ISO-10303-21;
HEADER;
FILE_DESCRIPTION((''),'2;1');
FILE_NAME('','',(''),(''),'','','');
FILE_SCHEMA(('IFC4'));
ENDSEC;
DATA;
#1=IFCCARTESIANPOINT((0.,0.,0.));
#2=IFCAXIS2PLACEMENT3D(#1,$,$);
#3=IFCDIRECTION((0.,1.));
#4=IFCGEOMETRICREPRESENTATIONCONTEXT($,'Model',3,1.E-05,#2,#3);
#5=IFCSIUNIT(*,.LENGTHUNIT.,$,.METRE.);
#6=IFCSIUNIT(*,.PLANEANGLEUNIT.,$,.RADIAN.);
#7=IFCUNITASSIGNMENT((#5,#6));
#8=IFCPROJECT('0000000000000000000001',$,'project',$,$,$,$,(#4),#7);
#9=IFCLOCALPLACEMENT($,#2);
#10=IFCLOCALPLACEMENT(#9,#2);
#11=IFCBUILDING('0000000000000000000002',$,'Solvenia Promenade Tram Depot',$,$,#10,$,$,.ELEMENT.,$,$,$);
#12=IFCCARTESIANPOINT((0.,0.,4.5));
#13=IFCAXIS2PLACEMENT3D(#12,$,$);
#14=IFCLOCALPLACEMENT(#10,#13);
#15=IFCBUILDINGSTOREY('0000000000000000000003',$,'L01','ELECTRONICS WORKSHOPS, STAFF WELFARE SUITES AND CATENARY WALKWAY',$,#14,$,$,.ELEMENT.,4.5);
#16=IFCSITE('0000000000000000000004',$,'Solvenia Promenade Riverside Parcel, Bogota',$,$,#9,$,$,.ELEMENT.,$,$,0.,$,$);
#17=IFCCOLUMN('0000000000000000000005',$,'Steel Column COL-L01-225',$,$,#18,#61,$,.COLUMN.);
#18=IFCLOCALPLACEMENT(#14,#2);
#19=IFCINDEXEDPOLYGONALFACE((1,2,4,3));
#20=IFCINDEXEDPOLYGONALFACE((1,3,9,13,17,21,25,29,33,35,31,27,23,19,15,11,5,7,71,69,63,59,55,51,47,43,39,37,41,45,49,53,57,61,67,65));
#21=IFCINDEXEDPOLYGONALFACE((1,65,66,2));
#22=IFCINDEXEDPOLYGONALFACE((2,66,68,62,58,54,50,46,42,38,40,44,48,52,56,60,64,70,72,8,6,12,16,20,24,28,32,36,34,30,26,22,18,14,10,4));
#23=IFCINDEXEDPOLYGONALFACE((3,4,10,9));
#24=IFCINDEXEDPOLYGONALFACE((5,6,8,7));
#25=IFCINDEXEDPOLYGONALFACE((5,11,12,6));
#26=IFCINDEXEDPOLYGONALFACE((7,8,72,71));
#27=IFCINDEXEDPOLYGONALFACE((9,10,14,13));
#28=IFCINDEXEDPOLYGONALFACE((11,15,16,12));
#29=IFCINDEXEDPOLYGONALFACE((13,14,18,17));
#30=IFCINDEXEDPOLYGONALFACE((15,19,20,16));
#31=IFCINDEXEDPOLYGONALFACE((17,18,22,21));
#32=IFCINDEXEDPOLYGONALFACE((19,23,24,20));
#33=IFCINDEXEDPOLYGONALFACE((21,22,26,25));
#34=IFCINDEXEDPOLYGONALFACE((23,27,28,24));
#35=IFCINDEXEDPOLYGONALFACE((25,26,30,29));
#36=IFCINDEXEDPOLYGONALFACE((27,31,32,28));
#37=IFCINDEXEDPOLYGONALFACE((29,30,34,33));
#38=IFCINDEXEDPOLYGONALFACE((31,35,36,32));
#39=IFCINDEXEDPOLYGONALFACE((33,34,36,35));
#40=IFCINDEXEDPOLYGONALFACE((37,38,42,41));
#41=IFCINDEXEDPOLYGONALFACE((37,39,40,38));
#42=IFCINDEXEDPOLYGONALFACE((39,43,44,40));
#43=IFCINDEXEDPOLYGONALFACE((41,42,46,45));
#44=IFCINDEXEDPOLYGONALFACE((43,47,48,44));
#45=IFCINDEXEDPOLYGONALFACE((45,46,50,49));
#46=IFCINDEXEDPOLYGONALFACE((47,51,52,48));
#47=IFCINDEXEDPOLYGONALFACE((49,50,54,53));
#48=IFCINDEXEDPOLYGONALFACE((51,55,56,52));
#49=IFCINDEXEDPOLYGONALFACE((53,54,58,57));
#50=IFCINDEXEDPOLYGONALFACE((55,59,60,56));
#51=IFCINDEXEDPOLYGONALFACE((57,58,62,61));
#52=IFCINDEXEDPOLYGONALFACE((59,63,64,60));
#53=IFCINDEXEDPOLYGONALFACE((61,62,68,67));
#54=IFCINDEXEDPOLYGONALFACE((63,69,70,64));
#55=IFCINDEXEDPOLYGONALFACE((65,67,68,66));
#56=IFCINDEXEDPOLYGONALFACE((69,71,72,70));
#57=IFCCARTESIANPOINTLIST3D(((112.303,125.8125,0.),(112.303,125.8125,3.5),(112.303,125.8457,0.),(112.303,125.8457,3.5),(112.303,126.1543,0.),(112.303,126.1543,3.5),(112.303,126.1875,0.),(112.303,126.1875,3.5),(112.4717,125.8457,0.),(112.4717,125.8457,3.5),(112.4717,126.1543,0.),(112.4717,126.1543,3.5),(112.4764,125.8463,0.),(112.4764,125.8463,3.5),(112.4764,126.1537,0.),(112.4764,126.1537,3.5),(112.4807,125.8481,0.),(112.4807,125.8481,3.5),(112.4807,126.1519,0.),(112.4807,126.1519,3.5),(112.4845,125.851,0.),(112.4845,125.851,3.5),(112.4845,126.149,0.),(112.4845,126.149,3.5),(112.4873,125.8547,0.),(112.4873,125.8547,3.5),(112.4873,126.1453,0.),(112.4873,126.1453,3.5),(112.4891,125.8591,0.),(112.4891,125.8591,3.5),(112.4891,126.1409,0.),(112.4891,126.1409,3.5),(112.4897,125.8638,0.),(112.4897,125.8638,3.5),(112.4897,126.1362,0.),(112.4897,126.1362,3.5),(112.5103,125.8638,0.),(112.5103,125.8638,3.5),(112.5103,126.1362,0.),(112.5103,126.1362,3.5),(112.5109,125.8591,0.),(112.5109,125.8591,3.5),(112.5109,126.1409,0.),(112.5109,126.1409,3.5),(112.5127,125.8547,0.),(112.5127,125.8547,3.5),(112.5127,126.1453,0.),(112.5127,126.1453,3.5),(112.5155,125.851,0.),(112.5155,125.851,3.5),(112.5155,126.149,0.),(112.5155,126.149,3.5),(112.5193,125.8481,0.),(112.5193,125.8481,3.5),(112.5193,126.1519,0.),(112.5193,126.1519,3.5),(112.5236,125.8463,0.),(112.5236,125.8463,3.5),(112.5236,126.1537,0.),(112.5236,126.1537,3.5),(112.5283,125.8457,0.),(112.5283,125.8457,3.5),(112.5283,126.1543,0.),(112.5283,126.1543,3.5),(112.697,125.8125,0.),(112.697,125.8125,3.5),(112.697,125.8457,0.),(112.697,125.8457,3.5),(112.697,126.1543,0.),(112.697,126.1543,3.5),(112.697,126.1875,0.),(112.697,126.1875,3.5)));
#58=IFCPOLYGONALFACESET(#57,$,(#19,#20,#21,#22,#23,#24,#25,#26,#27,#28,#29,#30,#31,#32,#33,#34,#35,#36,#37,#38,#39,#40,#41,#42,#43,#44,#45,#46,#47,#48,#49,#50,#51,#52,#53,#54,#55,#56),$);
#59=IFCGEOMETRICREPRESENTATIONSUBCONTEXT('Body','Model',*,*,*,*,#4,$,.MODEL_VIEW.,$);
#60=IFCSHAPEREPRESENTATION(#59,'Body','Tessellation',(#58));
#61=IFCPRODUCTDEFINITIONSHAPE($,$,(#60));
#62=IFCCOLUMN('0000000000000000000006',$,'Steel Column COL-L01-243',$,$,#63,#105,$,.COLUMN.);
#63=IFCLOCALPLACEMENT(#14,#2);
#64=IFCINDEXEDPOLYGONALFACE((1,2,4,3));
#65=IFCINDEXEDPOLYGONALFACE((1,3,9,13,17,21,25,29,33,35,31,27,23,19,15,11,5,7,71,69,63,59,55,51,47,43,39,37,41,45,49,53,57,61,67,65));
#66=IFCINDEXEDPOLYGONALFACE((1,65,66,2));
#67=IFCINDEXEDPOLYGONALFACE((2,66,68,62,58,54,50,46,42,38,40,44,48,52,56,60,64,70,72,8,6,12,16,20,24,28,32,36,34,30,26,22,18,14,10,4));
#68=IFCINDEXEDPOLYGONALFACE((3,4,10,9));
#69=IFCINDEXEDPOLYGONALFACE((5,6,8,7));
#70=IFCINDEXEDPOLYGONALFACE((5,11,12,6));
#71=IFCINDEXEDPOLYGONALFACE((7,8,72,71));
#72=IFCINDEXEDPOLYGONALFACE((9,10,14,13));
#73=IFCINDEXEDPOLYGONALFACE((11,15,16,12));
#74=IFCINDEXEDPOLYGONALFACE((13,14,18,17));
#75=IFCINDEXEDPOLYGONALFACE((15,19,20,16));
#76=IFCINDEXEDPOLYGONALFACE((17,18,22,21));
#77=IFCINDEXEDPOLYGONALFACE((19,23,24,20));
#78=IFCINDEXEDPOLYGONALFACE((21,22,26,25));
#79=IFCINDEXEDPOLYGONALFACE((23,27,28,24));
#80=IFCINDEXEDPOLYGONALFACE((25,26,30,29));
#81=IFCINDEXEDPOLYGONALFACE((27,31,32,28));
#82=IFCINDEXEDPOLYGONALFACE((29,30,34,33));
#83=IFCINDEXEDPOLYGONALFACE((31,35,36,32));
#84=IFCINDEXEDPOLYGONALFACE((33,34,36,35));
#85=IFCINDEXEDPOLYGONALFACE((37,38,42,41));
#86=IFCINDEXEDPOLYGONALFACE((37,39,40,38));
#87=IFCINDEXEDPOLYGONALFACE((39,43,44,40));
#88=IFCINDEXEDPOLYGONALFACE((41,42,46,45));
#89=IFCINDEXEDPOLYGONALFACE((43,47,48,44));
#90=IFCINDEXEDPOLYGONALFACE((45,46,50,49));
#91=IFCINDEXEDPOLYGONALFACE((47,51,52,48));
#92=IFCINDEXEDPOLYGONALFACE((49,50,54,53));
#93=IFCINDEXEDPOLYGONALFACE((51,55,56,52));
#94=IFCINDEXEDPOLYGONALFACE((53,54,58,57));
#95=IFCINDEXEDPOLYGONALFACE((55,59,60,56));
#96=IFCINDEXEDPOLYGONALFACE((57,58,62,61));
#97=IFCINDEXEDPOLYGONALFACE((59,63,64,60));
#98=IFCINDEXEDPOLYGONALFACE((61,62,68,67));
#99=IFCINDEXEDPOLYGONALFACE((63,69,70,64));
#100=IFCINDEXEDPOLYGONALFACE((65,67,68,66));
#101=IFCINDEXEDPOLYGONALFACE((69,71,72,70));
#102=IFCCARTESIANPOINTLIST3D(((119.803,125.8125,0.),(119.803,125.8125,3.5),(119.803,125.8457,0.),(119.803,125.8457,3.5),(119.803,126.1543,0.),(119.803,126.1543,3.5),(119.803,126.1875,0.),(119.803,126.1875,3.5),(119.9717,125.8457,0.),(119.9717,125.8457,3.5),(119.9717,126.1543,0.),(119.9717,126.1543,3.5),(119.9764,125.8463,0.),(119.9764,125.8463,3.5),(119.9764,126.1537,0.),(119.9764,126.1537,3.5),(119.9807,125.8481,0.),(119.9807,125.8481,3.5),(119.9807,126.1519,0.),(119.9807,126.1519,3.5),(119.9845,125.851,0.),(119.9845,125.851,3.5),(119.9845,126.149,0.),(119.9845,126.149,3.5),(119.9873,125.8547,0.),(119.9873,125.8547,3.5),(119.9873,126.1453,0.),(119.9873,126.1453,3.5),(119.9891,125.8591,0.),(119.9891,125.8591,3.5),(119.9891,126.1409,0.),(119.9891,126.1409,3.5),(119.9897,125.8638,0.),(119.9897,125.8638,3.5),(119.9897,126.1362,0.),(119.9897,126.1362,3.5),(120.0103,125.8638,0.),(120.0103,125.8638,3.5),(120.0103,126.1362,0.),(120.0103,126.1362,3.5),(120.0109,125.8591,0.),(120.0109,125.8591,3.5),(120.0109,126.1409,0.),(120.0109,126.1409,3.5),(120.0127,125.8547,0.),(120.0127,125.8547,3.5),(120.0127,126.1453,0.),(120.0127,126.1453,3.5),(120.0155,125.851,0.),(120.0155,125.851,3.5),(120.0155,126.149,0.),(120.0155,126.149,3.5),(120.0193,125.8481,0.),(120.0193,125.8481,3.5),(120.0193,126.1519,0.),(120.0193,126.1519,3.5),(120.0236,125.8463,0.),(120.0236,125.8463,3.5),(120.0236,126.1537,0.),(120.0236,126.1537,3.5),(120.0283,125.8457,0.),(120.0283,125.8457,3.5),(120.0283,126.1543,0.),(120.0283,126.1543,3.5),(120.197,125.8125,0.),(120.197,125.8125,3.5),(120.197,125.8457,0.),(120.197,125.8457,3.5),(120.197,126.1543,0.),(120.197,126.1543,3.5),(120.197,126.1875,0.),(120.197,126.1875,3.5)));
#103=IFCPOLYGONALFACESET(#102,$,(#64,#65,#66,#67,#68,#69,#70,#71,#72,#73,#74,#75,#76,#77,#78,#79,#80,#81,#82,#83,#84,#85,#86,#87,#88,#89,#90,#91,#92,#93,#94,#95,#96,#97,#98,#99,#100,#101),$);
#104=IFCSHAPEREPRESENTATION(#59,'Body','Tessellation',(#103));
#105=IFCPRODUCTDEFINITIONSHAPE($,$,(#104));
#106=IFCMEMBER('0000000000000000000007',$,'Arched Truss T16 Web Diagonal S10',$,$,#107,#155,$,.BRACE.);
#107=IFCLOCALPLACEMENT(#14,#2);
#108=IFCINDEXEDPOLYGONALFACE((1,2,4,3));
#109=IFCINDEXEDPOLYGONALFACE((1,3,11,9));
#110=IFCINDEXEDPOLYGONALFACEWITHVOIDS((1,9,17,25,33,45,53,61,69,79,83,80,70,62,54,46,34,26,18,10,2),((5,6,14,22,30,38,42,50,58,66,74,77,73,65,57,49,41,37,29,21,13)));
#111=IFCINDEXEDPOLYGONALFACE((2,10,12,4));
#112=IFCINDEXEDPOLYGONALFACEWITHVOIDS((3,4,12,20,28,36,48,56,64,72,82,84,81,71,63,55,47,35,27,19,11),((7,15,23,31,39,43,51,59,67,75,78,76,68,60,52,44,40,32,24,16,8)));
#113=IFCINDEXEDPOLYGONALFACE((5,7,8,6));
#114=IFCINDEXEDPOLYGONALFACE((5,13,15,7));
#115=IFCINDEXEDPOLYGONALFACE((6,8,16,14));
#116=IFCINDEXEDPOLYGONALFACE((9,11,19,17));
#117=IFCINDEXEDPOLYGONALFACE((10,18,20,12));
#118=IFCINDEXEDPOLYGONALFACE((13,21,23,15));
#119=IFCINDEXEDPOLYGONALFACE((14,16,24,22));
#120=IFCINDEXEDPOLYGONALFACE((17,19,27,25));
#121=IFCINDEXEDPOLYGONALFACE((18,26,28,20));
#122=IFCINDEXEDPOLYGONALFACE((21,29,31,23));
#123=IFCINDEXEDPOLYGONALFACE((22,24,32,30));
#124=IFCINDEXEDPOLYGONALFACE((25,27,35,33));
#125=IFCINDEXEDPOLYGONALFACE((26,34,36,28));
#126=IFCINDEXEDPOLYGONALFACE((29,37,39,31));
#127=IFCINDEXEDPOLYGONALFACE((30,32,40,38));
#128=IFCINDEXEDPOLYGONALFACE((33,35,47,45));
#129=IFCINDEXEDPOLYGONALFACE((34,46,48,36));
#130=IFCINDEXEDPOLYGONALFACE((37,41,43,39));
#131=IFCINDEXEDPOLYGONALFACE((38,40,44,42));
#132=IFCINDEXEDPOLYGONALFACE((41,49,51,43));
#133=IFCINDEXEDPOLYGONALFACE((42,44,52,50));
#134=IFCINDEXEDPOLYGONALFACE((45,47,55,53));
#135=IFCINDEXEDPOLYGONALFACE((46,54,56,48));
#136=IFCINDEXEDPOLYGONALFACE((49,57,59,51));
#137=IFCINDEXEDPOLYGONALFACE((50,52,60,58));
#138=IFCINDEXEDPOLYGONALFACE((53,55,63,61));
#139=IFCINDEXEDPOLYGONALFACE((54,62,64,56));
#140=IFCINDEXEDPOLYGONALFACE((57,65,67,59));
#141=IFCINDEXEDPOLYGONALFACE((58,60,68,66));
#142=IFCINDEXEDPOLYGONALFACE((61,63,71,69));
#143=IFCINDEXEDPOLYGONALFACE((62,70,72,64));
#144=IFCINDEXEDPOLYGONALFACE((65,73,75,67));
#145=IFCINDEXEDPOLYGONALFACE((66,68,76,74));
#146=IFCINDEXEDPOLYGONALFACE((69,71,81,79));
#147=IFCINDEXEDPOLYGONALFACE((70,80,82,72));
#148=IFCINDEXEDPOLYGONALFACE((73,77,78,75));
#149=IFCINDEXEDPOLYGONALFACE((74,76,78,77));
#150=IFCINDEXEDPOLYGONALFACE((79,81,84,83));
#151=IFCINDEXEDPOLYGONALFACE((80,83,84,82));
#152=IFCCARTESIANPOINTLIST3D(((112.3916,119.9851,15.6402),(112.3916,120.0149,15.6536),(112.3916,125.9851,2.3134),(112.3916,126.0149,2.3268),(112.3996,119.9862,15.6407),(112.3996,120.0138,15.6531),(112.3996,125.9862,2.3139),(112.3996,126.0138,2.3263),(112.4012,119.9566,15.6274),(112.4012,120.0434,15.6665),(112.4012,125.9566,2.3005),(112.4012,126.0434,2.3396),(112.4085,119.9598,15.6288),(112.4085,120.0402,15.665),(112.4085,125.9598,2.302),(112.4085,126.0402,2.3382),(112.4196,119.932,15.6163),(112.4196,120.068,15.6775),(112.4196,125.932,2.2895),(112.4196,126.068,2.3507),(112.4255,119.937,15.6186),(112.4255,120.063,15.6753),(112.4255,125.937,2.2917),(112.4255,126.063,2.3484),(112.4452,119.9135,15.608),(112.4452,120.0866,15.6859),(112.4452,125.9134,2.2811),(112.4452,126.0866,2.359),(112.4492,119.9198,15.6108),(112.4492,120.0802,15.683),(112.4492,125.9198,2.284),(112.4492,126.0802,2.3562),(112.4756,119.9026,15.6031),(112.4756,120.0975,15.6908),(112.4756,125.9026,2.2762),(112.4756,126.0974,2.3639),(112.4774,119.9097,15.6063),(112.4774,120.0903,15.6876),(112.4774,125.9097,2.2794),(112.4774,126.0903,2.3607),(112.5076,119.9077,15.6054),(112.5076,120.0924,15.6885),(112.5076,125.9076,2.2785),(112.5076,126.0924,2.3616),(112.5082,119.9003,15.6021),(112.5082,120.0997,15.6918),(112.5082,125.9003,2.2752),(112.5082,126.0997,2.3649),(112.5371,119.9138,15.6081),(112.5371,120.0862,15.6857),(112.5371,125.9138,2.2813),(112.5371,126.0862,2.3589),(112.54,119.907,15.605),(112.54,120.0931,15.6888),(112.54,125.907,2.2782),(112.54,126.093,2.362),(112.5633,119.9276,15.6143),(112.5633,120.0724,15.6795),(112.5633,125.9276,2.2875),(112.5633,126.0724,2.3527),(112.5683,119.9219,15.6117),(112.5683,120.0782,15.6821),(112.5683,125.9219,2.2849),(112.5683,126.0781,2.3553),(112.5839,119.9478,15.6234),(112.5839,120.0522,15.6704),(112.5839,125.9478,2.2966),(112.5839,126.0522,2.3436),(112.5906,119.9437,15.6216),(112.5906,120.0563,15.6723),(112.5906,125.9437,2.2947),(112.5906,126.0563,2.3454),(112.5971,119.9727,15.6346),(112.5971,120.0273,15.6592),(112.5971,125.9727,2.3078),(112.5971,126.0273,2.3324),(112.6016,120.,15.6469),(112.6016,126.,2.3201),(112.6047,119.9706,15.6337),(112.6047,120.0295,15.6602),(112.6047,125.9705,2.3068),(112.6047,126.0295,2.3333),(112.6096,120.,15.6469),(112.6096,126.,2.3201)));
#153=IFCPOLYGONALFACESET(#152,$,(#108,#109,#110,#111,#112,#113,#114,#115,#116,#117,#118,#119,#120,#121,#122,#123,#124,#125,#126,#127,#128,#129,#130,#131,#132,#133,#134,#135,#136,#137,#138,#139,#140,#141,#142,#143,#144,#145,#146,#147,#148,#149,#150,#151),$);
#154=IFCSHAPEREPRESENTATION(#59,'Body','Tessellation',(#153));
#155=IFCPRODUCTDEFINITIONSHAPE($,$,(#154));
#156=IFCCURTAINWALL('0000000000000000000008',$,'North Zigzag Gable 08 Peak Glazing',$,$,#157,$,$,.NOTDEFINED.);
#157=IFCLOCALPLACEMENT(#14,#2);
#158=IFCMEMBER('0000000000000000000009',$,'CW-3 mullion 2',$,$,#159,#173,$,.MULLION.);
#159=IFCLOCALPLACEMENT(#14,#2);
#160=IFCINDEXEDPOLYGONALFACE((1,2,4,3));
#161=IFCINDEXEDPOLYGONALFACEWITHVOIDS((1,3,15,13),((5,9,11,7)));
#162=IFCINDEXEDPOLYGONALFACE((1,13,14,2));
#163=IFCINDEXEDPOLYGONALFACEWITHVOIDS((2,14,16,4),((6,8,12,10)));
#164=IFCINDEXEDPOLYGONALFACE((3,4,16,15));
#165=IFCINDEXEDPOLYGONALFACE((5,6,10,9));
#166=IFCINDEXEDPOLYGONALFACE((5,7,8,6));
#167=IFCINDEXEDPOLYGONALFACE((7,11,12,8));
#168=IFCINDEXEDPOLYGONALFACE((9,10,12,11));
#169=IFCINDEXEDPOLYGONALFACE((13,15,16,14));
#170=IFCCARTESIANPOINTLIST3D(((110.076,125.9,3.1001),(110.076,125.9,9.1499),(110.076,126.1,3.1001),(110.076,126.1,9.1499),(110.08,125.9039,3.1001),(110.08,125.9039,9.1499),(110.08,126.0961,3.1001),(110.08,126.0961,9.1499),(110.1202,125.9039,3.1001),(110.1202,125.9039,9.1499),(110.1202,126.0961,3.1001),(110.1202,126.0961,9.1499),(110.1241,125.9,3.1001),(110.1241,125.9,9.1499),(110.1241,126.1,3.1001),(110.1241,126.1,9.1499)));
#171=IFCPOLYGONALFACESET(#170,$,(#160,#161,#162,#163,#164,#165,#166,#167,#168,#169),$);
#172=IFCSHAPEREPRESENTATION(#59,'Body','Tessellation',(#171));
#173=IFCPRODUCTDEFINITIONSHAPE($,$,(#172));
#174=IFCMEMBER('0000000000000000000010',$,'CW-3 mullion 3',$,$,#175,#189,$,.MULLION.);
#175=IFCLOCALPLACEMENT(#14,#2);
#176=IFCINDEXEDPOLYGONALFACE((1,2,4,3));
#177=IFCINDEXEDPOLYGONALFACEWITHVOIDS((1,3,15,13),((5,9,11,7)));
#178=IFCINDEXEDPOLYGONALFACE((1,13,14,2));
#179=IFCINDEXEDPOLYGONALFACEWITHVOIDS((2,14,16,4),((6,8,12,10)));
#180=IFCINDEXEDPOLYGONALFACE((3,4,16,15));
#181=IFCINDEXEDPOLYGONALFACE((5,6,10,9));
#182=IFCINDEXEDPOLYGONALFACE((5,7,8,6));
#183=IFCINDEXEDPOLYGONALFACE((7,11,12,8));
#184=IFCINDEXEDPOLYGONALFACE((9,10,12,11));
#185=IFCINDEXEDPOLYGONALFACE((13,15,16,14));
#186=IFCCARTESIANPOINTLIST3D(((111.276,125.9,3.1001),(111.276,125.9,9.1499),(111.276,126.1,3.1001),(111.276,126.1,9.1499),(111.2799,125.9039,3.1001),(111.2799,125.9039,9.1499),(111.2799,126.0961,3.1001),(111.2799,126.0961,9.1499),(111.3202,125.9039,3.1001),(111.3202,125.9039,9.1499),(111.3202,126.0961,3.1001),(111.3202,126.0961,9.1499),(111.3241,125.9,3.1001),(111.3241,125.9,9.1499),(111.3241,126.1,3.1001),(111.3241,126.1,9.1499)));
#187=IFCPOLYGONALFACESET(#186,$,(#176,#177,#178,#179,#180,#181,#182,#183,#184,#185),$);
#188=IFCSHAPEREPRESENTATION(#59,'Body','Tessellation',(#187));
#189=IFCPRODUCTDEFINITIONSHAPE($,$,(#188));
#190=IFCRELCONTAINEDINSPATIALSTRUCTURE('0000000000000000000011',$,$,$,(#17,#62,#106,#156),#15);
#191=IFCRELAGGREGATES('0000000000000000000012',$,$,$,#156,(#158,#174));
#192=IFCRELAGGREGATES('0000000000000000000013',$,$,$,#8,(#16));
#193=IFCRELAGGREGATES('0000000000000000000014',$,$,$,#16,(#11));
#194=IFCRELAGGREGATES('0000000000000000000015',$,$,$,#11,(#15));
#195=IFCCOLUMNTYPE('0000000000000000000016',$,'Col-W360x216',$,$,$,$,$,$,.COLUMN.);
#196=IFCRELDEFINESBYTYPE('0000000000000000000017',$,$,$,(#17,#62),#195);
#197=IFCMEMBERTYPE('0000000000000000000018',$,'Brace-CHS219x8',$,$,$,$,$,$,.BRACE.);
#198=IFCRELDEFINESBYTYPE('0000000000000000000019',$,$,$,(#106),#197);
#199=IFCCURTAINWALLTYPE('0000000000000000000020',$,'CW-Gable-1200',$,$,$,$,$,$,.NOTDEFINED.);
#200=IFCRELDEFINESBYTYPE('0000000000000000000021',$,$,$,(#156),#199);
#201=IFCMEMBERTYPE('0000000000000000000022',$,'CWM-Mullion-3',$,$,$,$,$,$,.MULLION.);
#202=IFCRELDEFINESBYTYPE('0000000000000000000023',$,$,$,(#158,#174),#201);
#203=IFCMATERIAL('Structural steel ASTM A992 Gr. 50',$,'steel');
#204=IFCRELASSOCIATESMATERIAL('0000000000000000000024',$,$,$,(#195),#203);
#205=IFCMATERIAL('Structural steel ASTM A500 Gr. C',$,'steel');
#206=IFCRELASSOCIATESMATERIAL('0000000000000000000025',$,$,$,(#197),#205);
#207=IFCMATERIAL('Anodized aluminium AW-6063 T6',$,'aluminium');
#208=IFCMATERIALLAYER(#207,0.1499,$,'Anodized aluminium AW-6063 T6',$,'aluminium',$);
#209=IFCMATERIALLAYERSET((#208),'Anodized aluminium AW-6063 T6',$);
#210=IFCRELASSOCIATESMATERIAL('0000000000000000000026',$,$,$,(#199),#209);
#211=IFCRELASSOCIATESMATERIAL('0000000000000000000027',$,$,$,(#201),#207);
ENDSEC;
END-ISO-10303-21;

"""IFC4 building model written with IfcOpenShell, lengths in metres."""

from ifc_helpers import new_model, si_unit, direction, frame, origin, origin_2d, place, context, subcontext, project, spatial, hollow_rectangle, hollow_circle, i_section, extrude, material, layer, layer_set, material_profile, profile_set, type_object, element, aggregate, save


model = new_model("IFC4")

# Units and contexts
model_context = context("Model", 3, precision=1e-05, world=origin(), true_north=direction((0.0, 1.0)))
body_context = subcontext(model_context, "Body", "Model", "MODEL_VIEW")
ifc_project = project(units=[si_unit("LENGTHUNIT", "METRE"), si_unit("PLANEANGLEUNIT", "RADIAN")], contexts=[model_context])

# Site, building, storey
site_placement = place(None, origin())
site = spatial("IfcSite", under=ifc_project, at=site_placement, Name="Solvenia Promenade Riverside Parcel, Bogota", CompositionType="ELEMENT", RefElevation=0.0)
building_placement = place(site_placement, origin())
building = spatial("IfcBuilding", under=site, at=building_placement, Name="Solvenia Promenade Tram Depot", CompositionType="ELEMENT")
storey_placement = place(building_placement, frame((0.0, 0.0, 4.5)))
storey = spatial("IfcBuildingStorey", under=building, at=storey_placement, Name="L01", Description="ELECTRONICS WORKSHOPS, STAFF WELFARE SUITES AND CATENARY WALKWAY", CompositionType="ELEMENT", Elevation=4.5)

# Columns
ifc_material_1 = material(Name="Structural steel ASTM A992 Gr. 50", Category="steel")
ifc_material_profile_1 = material_profile(ifc_material_1, i_section(OverallWidth=0.394, OverallDepth=0.375, WebThickness=0.0205, FlangeThickness=0.0332, FilletRadius=0.0181, at=origin_2d()), Name="W360x216", Category="steel")
ifc_profile_set_1 = profile_set([ifc_material_profile_1], Name="Structural steel ASTM A992 Gr. 50")
column_type = type_object("IfcColumnType", Name="Col-W360x216", PredefinedType="COLUMN", material=ifc_profile_set_1)
for number, where, z_axis, x_axis, name in (
    (1, (112.5, 126.0, 0.0), (0.0, 0.0, 1.0), (1.0, 0.0, 0.0), "Steel Column COL-L01-225"),
    (2, (120.0, 126.0, 0.0), (0.0, 0.0, 1.0), (1.0, 0.0, 0.0), "Steel Column COL-L01-243"),
):
    element("IfcColumn", number, at=place(storey_placement, frame(where, z_axis=z_axis, x_axis=x_axis)), inside=storey, type_object=column_type, Name=name, PredefinedType="COLUMN", context=body_context, shape_type="SweptSolid", body=[
        extrude(i_section(OverallWidth=0.394, OverallDepth=0.375, WebThickness=0.0205, FlangeThickness=0.0332, FilletRadius=0.0181, at=origin_2d()), origin(), (0.0, 0.0, 1.0), 3.5),
    ])

# Member
ifc_material_2 = material(Name="Structural steel ASTM A500 Gr. C", Category="steel")
ifc_material_profile_2 = material_profile(ifc_material_2, hollow_circle(Radius=0.1096, WallThickness=0.0081, at=origin_2d()), Name="CHS219.1x8", Category="steel")
ifc_profile_set_2 = profile_set([ifc_material_profile_2], Name="Structural steel ASTM A500 Gr. C")
member_type_1 = type_object("IfcMemberType", Name="Brace-CHS219x8", PredefinedType="BRACE", material=ifc_profile_set_2)
member_1_placement = place(storey_placement, frame((112.5, 126.0, 2.3201), z_axis=(0.0, -0.410529, 0.911847), x_axis=(1.0, 0.0, 0.0)))
element("IfcMember", 3, at=member_1_placement, inside=storey, type_object=member_type_1, Name="Arched Truss T16 Web Diagonal S10", PredefinedType="BRACE", context=body_context, shape_type="SweptSolid", body=[
    extrude(hollow_circle(Radius=0.1096, WallThickness=0.0081, at=origin_2d()), origin(), (0.0, 0.0, 1.0), 14.6152),
])

# Curtain wall, members
ifc_material_3 = material(Name="Anodized aluminium AW-6063 T6", Category="aluminium")
ifc_layer_1 = layer(ifc_material_3, 0.1499, Name="Anodized aluminium AW-6063 T6", Category="aluminium")
ifc_layer_set_1 = layer_set([ifc_layer_1], Name="Anodized aluminium AW-6063 T6")
curtain_wall_type = type_object("IfcCurtainWallType", Name="CW-Gable-1200", PredefinedType="NOTDEFINED", material=ifc_layer_set_1)
curtain_wall_placement = place(storey_placement, origin())
curtain_wall = element("IfcCurtainWall", 4, at=curtain_wall_placement, inside=storey, type_object=curtain_wall_type, Name="North Zigzag Gable 08 Peak Glazing", PredefinedType="NOTDEFINED")
ifc_material_profile_3 = material_profile(ifc_material_3, hollow_rectangle(XDim=0.2, YDim=0.0481, WallThickness=0.0039, at=origin_2d()), Name="ALU-M3", Category="aluminium")
ifc_profile_set_3 = profile_set([ifc_material_profile_3], Name="Anodized aluminium AW-6063 T6")
member_type_2 = type_object("IfcMemberType", Name="CWM-Mullion-3", PredefinedType="MULLION", material=ifc_profile_set_3)
member_2_placement = place(storey_placement, frame((110.1001, 126.0, 3.1001), z_axis=(0.0, 0.0, 1.0), x_axis=(0.0, 1.0, 0.0)))
member_2 = element("IfcMember", 5, at=member_2_placement, type_object=member_type_2, Name="CW-3 mullion 2", PredefinedType="MULLION", context=body_context, shape_type="SweptSolid", body=[
    extrude(hollow_rectangle(XDim=0.2, YDim=0.0481, WallThickness=0.0039, at=origin_2d()), origin(), (0.0, 0.0, 1.0), 6.0498),
])
member_3_placement = place(storey_placement, frame((111.3, 126.0, 3.1001), z_axis=(0.0, 0.0, 1.0), x_axis=(0.0, 1.0, 0.0)))
member_3 = element("IfcMember", 6, at=member_3_placement, type_object=member_type_2, Name="CW-3 mullion 3", PredefinedType="MULLION", context=body_context, shape_type="SweptSolid", body=[
    extrude(hollow_rectangle(XDim=0.2, YDim=0.0481, WallThickness=0.0039, at=origin_2d()), origin(), (0.0, 0.0, 1.0), 6.0498),
])
aggregate(curtain_wall, [member_2, member_3])

save(model, "model.ifc")
